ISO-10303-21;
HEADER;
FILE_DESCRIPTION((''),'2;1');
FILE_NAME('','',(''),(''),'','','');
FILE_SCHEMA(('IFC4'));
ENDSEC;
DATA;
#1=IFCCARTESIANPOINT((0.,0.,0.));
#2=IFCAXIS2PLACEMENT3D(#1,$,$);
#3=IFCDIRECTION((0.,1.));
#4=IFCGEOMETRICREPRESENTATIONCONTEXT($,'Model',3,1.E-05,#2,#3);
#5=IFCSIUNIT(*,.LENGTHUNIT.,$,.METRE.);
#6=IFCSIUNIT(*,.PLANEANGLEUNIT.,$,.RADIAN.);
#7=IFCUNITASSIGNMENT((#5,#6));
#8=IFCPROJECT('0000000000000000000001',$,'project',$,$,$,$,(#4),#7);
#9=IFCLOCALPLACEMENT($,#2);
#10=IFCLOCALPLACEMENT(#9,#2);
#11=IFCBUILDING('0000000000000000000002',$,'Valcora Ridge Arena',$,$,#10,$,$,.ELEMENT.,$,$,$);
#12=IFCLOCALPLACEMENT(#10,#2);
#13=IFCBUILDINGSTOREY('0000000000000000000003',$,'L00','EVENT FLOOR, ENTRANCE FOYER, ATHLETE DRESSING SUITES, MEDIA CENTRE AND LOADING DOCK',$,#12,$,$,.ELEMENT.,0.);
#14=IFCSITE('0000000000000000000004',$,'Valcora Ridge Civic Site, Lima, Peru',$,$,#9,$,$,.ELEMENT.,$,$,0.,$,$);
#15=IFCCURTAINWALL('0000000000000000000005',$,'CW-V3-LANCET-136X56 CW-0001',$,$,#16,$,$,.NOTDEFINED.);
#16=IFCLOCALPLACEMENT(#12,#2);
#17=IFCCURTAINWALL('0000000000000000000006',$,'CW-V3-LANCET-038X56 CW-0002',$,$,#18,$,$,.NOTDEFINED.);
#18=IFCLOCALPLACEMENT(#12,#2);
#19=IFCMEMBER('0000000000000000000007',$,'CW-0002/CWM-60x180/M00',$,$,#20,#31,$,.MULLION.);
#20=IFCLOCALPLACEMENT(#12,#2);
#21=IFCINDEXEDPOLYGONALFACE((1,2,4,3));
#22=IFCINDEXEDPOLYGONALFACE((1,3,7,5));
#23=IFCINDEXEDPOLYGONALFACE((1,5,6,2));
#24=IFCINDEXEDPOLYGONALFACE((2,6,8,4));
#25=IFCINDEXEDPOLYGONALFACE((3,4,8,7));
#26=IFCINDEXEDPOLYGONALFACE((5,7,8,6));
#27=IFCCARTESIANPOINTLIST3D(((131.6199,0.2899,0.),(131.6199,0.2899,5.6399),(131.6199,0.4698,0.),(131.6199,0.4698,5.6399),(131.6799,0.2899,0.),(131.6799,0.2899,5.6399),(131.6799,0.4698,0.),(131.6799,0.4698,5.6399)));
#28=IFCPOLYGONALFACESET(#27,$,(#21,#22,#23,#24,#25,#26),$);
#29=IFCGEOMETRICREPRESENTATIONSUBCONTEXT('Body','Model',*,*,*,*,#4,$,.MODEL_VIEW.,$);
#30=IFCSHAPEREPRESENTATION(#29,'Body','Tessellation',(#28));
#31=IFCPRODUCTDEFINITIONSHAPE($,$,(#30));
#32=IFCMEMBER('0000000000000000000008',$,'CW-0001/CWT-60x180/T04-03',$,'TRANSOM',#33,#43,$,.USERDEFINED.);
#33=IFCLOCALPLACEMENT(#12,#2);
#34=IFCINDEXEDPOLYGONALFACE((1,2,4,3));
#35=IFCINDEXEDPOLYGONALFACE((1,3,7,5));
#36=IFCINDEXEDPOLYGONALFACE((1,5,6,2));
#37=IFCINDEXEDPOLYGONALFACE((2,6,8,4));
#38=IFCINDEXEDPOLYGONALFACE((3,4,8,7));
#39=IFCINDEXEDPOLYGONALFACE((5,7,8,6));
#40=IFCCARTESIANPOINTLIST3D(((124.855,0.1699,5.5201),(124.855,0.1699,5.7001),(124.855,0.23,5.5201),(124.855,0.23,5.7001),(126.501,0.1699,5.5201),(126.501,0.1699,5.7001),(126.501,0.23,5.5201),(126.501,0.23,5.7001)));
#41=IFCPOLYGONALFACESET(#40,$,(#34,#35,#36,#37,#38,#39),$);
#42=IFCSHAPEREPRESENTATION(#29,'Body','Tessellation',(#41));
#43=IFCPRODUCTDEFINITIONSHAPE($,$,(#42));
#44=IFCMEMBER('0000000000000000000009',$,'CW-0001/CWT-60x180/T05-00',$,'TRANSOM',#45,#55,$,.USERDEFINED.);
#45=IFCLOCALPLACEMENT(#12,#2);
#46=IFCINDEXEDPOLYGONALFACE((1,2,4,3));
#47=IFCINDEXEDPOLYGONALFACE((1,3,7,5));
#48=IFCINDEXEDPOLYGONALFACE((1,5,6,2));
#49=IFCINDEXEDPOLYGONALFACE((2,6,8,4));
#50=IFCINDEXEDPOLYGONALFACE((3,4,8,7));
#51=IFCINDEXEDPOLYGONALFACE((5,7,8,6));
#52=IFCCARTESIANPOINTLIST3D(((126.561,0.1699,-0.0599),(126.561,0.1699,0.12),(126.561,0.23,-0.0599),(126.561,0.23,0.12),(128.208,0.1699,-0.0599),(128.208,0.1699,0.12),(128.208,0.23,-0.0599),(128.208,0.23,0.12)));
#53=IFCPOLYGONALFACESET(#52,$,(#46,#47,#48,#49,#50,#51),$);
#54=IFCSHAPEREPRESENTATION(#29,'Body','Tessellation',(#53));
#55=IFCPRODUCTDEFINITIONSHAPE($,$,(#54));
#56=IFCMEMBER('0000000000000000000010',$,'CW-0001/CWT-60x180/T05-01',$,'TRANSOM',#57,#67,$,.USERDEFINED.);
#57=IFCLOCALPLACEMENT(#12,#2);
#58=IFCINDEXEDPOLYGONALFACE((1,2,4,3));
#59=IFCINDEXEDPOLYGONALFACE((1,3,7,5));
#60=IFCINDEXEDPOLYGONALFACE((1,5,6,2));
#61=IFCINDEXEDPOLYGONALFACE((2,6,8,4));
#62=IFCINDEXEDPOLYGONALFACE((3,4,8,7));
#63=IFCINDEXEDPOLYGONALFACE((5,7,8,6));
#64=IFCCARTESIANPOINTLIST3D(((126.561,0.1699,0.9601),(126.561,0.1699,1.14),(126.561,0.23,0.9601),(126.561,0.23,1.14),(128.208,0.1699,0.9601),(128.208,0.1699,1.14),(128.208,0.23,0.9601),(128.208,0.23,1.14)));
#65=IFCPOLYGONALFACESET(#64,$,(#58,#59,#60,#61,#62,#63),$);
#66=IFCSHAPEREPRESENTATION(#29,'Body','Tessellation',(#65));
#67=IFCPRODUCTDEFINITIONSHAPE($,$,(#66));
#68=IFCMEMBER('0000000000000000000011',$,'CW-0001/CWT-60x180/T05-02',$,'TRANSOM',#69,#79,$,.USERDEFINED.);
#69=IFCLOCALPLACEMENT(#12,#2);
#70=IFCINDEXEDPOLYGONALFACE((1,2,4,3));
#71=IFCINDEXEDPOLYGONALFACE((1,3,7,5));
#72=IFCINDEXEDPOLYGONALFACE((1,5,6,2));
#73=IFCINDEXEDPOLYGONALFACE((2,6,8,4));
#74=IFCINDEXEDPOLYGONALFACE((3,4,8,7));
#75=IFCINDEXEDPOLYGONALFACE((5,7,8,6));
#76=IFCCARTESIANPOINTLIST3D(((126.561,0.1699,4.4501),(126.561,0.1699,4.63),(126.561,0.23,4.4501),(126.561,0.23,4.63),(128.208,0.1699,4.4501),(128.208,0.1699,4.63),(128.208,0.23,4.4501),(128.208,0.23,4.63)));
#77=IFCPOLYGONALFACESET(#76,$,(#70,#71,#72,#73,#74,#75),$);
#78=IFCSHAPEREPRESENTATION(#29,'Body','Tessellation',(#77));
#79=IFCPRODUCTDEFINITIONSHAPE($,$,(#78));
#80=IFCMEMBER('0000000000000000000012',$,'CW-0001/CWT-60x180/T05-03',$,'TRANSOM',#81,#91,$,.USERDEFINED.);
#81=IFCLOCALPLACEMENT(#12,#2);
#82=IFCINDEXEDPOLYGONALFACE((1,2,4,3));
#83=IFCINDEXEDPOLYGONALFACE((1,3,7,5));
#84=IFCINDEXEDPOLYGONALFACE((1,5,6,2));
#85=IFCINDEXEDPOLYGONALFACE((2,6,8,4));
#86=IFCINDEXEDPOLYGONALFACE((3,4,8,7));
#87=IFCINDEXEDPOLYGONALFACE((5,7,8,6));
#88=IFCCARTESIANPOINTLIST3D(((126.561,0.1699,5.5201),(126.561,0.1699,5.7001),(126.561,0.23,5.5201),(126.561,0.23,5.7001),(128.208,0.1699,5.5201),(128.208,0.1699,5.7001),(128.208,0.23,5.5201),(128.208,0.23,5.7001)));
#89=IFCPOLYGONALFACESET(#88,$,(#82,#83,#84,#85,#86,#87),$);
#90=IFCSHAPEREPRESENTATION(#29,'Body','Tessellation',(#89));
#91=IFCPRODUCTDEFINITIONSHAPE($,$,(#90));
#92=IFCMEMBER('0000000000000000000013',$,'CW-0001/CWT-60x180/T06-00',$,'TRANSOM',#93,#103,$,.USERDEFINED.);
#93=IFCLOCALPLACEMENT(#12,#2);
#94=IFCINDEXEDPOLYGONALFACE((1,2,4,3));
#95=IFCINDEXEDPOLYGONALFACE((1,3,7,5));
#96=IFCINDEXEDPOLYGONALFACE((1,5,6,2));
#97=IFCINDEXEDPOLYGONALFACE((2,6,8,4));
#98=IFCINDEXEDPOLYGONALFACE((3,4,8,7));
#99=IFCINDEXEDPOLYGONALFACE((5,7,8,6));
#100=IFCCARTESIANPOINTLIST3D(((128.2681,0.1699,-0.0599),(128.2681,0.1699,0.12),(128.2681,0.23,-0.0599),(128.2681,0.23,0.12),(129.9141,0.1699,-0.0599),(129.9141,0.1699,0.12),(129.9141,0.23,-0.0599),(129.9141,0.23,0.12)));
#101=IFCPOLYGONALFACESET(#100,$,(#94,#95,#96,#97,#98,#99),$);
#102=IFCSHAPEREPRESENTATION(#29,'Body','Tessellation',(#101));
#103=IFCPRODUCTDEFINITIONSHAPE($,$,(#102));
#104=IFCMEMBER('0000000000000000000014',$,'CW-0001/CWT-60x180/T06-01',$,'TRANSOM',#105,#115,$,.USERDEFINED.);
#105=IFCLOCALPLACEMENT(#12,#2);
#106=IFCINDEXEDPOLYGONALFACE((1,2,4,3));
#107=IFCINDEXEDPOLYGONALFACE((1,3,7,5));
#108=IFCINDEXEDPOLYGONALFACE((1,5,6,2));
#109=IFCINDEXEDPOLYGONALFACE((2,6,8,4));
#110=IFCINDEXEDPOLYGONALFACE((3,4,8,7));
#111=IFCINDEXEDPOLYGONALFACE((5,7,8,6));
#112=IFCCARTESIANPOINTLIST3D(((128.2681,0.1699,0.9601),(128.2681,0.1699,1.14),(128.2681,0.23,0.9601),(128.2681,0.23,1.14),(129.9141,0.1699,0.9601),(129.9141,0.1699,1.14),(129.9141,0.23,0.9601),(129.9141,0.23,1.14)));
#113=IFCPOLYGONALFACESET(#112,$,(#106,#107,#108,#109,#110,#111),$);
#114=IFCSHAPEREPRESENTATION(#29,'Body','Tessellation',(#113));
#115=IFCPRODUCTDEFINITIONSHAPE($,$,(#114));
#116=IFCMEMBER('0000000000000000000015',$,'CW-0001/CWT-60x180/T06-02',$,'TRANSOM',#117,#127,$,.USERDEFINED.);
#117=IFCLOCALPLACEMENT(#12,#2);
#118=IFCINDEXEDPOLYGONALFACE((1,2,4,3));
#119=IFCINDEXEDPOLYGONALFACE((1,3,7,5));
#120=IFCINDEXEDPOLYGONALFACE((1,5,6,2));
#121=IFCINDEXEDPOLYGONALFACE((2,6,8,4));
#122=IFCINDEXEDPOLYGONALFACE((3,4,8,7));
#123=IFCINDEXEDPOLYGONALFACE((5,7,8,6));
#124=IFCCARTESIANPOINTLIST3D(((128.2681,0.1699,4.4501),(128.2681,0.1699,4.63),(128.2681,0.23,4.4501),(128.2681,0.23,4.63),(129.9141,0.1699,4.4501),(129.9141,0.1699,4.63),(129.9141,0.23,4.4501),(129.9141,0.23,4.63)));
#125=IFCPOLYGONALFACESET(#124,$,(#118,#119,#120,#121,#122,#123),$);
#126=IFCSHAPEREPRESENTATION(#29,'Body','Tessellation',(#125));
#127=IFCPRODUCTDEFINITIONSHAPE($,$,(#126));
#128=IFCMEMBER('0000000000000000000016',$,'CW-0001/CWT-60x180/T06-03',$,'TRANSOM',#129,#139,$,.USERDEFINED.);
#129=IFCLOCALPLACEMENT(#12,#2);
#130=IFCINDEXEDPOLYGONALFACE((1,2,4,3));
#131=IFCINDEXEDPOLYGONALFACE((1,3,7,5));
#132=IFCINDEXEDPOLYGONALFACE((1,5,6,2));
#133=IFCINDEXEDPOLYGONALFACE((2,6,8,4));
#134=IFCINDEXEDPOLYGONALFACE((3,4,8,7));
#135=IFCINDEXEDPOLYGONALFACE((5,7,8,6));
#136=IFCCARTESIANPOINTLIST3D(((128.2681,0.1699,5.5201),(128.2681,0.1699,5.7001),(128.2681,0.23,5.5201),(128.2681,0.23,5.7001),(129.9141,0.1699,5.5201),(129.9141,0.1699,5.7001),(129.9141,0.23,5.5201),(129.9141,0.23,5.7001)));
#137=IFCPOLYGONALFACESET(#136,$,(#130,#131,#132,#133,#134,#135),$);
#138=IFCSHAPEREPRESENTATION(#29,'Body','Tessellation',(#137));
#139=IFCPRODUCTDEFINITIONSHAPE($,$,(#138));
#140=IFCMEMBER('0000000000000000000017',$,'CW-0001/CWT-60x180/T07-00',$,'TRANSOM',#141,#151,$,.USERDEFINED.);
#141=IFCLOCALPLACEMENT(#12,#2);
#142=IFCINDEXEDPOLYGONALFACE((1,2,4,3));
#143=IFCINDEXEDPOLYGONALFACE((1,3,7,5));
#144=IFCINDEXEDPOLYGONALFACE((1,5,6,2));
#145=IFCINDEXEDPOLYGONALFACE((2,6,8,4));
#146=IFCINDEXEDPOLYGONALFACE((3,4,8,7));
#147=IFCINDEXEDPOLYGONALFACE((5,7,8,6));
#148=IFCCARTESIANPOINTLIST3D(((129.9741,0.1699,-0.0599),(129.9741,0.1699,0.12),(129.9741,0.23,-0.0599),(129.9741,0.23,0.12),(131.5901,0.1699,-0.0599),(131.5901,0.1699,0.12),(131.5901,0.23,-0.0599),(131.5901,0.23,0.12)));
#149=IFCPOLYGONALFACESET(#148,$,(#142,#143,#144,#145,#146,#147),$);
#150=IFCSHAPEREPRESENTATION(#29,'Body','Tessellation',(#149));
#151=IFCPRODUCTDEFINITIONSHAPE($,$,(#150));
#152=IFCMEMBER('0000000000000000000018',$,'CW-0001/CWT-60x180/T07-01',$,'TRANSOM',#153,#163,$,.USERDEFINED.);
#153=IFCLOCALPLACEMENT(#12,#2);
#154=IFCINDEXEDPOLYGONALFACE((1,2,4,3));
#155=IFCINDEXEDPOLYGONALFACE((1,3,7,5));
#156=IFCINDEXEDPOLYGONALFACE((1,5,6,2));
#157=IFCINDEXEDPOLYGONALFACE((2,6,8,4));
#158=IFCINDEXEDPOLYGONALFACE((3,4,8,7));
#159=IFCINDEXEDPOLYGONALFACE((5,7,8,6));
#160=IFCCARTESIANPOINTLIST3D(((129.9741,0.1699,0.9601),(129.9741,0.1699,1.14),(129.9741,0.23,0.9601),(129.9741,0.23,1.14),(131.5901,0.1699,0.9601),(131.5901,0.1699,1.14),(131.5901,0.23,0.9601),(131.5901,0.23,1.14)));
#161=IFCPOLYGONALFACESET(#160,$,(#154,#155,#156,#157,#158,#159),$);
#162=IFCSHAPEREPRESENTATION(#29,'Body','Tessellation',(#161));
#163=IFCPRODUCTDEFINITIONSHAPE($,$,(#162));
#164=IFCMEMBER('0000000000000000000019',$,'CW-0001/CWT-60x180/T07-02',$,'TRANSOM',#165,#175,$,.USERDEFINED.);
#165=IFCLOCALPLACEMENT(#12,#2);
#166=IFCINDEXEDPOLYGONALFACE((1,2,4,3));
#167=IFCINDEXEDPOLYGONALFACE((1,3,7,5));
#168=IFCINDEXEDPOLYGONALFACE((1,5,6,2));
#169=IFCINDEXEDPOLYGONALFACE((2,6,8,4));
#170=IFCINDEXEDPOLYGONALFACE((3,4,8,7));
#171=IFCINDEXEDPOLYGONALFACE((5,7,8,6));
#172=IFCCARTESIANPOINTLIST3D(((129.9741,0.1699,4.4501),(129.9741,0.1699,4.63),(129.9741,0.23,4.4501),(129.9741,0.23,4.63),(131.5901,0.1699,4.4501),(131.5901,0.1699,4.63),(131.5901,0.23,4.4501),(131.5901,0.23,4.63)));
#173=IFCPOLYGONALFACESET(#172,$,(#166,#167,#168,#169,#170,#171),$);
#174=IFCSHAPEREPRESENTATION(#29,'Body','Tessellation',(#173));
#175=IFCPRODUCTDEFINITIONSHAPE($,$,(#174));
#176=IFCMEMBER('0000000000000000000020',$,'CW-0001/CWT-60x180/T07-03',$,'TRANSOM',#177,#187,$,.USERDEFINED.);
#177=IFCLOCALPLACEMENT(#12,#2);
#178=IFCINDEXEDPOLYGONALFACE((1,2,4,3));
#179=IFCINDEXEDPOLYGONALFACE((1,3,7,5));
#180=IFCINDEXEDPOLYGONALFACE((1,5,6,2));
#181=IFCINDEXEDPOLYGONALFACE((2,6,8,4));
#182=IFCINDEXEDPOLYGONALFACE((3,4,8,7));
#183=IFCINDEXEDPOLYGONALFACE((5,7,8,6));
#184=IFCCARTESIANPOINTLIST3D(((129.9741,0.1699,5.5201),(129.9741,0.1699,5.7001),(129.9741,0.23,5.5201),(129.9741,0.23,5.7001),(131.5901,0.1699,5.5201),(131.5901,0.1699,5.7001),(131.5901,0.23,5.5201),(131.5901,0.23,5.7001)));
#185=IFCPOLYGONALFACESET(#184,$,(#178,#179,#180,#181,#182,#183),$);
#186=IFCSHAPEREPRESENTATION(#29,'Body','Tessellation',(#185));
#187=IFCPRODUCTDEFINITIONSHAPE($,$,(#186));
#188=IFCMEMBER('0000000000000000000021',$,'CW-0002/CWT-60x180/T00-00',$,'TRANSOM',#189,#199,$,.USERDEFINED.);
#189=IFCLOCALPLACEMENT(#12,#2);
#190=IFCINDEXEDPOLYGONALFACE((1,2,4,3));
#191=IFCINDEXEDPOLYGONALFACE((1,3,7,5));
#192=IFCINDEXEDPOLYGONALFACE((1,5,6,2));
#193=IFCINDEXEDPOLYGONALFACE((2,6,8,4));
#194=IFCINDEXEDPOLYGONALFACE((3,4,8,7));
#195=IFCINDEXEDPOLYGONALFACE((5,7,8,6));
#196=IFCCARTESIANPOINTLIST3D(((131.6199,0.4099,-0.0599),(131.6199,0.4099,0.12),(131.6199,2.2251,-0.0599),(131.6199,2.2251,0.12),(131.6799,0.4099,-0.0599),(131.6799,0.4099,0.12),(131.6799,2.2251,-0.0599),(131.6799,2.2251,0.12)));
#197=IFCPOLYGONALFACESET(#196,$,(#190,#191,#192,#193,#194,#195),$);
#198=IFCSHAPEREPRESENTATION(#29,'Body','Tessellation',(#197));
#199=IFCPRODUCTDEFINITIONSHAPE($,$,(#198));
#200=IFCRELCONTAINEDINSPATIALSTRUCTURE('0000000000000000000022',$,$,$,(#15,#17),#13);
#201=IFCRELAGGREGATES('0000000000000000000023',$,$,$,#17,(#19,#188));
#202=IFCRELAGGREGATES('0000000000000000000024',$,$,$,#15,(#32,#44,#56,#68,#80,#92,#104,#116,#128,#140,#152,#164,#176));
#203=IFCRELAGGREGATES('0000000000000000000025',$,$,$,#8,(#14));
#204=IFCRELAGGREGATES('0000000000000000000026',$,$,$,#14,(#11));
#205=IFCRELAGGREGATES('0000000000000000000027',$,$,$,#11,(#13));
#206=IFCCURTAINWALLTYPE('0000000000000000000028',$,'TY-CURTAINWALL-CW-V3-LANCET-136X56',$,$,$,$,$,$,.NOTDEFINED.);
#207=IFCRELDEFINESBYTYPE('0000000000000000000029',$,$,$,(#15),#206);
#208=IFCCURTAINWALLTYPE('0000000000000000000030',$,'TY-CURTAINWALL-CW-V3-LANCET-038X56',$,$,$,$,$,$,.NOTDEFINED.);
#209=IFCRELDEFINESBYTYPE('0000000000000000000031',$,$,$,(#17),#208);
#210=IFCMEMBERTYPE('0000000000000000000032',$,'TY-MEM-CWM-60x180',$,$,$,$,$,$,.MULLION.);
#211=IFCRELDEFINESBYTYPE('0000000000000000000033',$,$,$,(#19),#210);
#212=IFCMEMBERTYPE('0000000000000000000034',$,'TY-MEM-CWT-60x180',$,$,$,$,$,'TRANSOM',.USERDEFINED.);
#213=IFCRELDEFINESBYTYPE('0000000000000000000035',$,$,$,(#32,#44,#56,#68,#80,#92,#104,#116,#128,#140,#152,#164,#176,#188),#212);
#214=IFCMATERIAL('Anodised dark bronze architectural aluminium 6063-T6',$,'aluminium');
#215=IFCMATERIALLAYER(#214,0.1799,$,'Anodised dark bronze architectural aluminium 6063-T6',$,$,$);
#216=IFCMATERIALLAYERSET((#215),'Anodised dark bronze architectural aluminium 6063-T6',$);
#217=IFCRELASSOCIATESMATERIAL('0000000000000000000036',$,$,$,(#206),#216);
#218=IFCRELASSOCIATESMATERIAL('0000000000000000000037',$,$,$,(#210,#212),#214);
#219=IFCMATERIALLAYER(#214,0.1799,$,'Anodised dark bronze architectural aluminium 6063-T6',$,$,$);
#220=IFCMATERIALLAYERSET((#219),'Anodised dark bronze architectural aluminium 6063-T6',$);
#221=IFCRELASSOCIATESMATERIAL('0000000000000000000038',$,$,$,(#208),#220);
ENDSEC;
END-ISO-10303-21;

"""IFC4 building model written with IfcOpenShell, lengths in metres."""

from ifc_helpers import new_model, si_unit, direction, frame, origin, origin_2d, place, context, subcontext, project, spatial, rectangle, extrude, material, layer, layer_set, material_profile, profile_set, type_object, element, aggregate, save


model = new_model("IFC4")

# Units and contexts
model_context = context("Model", 3, precision=1e-05, world=origin(), true_north=direction((0.0, 1.0)))
body_context = subcontext(model_context, "Body", "Model", "MODEL_VIEW")
ifc_project = project(units=[si_unit("LENGTHUNIT", "METRE"), si_unit("PLANEANGLEUNIT", "RADIAN")], contexts=[model_context])

# Site, building, storey
site_placement = place(None, origin())
site = spatial("IfcSite", under=ifc_project, at=site_placement, Name="Valcora Ridge Civic Site, Lima, Peru", CompositionType="ELEMENT", RefElevation=0.0)
building_placement = place(site_placement, origin())
building = spatial("IfcBuilding", under=site, at=building_placement, Name="Valcora Ridge Arena", CompositionType="ELEMENT")
storey_placement = place(building_placement, origin())
storey = spatial("IfcBuildingStorey", under=building, at=storey_placement, Name="L00", Description="EVENT FLOOR, ENTRANCE FOYER, ATHLETE DRESSING SUITES, MEDIA CENTRE AND LOADING DOCK", CompositionType="ELEMENT", Elevation=0.0)

# Curtain wall
ifc_material_1 = material(Name="Anodised dark bronze architectural aluminium 6063-T6", Category="aluminium")
ifc_layer_1 = layer(ifc_material_1, 0.1799, Name="Anodised dark bronze architectural aluminium 6063-T6")
ifc_layer_set_1 = layer_set([ifc_layer_1], Name="Anodised dark bronze architectural aluminium 6063-T6")
curtain_wall_type_1 = type_object("IfcCurtainWallType", Name="TY-CURTAINWALL-CW-V3-LANCET-136X56", PredefinedType="NOTDEFINED", material=ifc_layer_set_1)
curtain_wall_1_placement = place(storey_placement, origin())
curtain_wall_1 = element("IfcCurtainWall", 1, at=curtain_wall_1_placement, inside=storey, type_object=curtain_wall_type_1, Name="CW-V3-LANCET-136X56 CW-0001", PredefinedType="NOTDEFINED")
ifc_material_profile_1 = material_profile(ifc_material_1, rectangle(XDim=0.0601, YDim=0.1799, at=origin_2d()), Name="ALU MULLION 60x180")
ifc_profile_set_1 = profile_set([ifc_material_profile_1], Name="Anodised dark bronze architectural aluminium 6063-T6")
member_type_1 = type_object("IfcMemberType", Name="TY-MEM-CWM-60x180", PredefinedType="MULLION", material=ifc_profile_set_1)

# Curtain wall, member
ifc_layer_2 = layer(ifc_material_1, 0.1799, Name="Anodised dark bronze architectural aluminium 6063-T6")
ifc_layer_set_2 = layer_set([ifc_layer_2], Name="Anodised dark bronze architectural aluminium 6063-T6")
curtain_wall_type_2 = type_object("IfcCurtainWallType", Name="TY-CURTAINWALL-CW-V3-LANCET-038X56", PredefinedType="NOTDEFINED", material=ifc_layer_set_2)
curtain_wall_2_placement = place(storey_placement, origin())
curtain_wall_2 = element("IfcCurtainWall", 2, at=curtain_wall_2_placement, inside=storey, type_object=curtain_wall_type_2, Name="CW-V3-LANCET-038X56 CW-0002", PredefinedType="NOTDEFINED")
member_1_placement = place(storey_placement, frame((131.6499, 0.3799, 0.0), z_axis=(0.0, 0.0, 1.0), x_axis=(-1.0, 0.0, 0.0)))
member_1 = element("IfcMember", 3, at=member_1_placement, type_object=member_type_1, Name="CW-0002/CWM-60x180/M00", PredefinedType="MULLION", context=body_context, shape_type="SweptSolid", body=[
    extrude(rectangle(XDim=0.0601, YDim=0.1799, at=origin_2d()), origin(), (0.0, 0.0, 1.0), 5.6399),
])

# Members
ifc_material_profile_2 = material_profile(ifc_material_1, rectangle(XDim=0.0601, YDim=0.1799, at=origin_2d()), Name="ALU TRANSOM 60x180")
ifc_profile_set_2 = profile_set([ifc_material_profile_2], Name="Anodised dark bronze architectural aluminium 6063-T6")
member_type_2 = type_object("IfcMemberType", Name="TY-MEM-CWT-60x180", ElementType="TRANSOM", PredefinedType="USERDEFINED", material=ifc_profile_set_2)
member_2_placement = place(storey_placement, frame((124.855, 0.2, 5.6101), z_axis=(1.0, 0.0, 0.0), x_axis=(0.0, 1.0, 0.0)))
member_2 = element("IfcMember", 4, at=member_2_placement, type_object=member_type_2, Name="CW-0001/CWT-60x180/T04-03", ObjectType="TRANSOM", PredefinedType="USERDEFINED", context=body_context, shape_type="SweptSolid", body=[
    extrude(rectangle(XDim=0.0601, YDim=0.1799, at=origin_2d()), origin(), (0.0, 0.0, 1.0), 1.646),
])
member_3_placement = place(storey_placement, frame((126.561, 0.2, 0.03), z_axis=(1.0, 0.0, 0.0), x_axis=(0.0, 1.0, 0.0)))
member_3 = element("IfcMember", 5, at=member_3_placement, type_object=member_type_2, Name="CW-0001/CWT-60x180/T05-00", ObjectType="TRANSOM", PredefinedType="USERDEFINED", context=body_context, shape_type="SweptSolid", body=[
    extrude(rectangle(XDim=0.0601, YDim=0.1799, at=origin_2d()), origin(), (0.0, 0.0, 1.0), 1.647),
])
member_4_placement = place(storey_placement, frame((126.561, 0.2, 1.05), z_axis=(1.0, 0.0, 0.0), x_axis=(0.0, 1.0, 0.0)))
member_4 = element("IfcMember", 6, at=member_4_placement, type_object=member_type_2, Name="CW-0001/CWT-60x180/T05-01", ObjectType="TRANSOM", PredefinedType="USERDEFINED", context=body_context, shape_type="SweptSolid", body=[
    extrude(rectangle(XDim=0.0601, YDim=0.1799, at=origin_2d()), origin(), (0.0, 0.0, 1.0), 1.647),
])
member_5_placement = place(storey_placement, frame((126.561, 0.2, 4.54), z_axis=(1.0, 0.0, 0.0), x_axis=(0.0, 1.0, 0.0)))
member_5 = element("IfcMember", 7, at=member_5_placement, type_object=member_type_2, Name="CW-0001/CWT-60x180/T05-02", ObjectType="TRANSOM", PredefinedType="USERDEFINED", context=body_context, shape_type="SweptSolid", body=[
    extrude(rectangle(XDim=0.0601, YDim=0.1799, at=origin_2d()), origin(), (0.0, 0.0, 1.0), 1.647),
])
member_6_placement = place(storey_placement, frame((126.561, 0.2, 5.6101), z_axis=(1.0, 0.0, 0.0), x_axis=(0.0, 1.0, 0.0)))
member_6 = element("IfcMember", 8, at=member_6_placement, type_object=member_type_2, Name="CW-0001/CWT-60x180/T05-03", ObjectType="TRANSOM", PredefinedType="USERDEFINED", context=body_context, shape_type="SweptSolid", body=[
    extrude(rectangle(XDim=0.0601, YDim=0.1799, at=origin_2d()), origin(), (0.0, 0.0, 1.0), 1.647),
])
member_7_placement = place(storey_placement, frame((128.2681, 0.2, 0.03), z_axis=(1.0, 0.0, 0.0), x_axis=(0.0, 1.0, 0.0)))
member_7 = element("IfcMember", 9, at=member_7_placement, type_object=member_type_2, Name="CW-0001/CWT-60x180/T06-00", ObjectType="TRANSOM", PredefinedType="USERDEFINED", context=body_context, shape_type="SweptSolid", body=[
    extrude(rectangle(XDim=0.0601, YDim=0.1799, at=origin_2d()), origin(), (0.0, 0.0, 1.0), 1.646),
])
member_8_placement = place(storey_placement, frame((128.2681, 0.2, 1.05), z_axis=(1.0, 0.0, 0.0), x_axis=(0.0, 1.0, 0.0)))
member_8 = element("IfcMember", 10, at=member_8_placement, type_object=member_type_2, Name="CW-0001/CWT-60x180/T06-01", ObjectType="TRANSOM", PredefinedType="USERDEFINED", context=body_context, shape_type="SweptSolid", body=[
    extrude(rectangle(XDim=0.0601, YDim=0.1799, at=origin_2d()), origin(), (0.0, 0.0, 1.0), 1.646),
])
member_9_placement = place(storey_placement, frame((128.2681, 0.2, 4.54), z_axis=(1.0, 0.0, 0.0), x_axis=(0.0, 1.0, 0.0)))
member_9 = element("IfcMember", 11, at=member_9_placement, type_object=member_type_2, Name="CW-0001/CWT-60x180/T06-02", ObjectType="TRANSOM", PredefinedType="USERDEFINED", context=body_context, shape_type="SweptSolid", body=[
    extrude(rectangle(XDim=0.0601, YDim=0.1799, at=origin_2d()), origin(), (0.0, 0.0, 1.0), 1.646),
])
member_10_placement = place(storey_placement, frame((128.2681, 0.2, 5.6101), z_axis=(1.0, 0.0, 0.0), x_axis=(0.0, 1.0, 0.0)))
member_10 = element("IfcMember", 12, at=member_10_placement, type_object=member_type_2, Name="CW-0001/CWT-60x180/T06-03", ObjectType="TRANSOM", PredefinedType="USERDEFINED", context=body_context, shape_type="SweptSolid", body=[
    extrude(rectangle(XDim=0.0601, YDim=0.1799, at=origin_2d()), origin(), (0.0, 0.0, 1.0), 1.646),
])
member_11_placement = place(storey_placement, frame((129.9741, 0.2, 0.03), z_axis=(1.0, 0.0, 0.0), x_axis=(0.0, 1.0, 0.0)))
member_11 = element("IfcMember", 13, at=member_11_placement, type_object=member_type_2, Name="CW-0001/CWT-60x180/T07-00", ObjectType="TRANSOM", PredefinedType="USERDEFINED", context=body_context, shape_type="SweptSolid", body=[
    extrude(rectangle(XDim=0.0601, YDim=0.1799, at=origin_2d()), origin(), (0.0, 0.0, 1.0), 1.616),
])
member_12_placement = place(storey_placement, frame((129.9741, 0.2, 1.05), z_axis=(1.0, 0.0, 0.0), x_axis=(0.0, 1.0, 0.0)))
member_12 = element("IfcMember", 14, at=member_12_placement, type_object=member_type_2, Name="CW-0001/CWT-60x180/T07-01", ObjectType="TRANSOM", PredefinedType="USERDEFINED", context=body_context, shape_type="SweptSolid", body=[
    extrude(rectangle(XDim=0.0601, YDim=0.1799, at=origin_2d()), origin(), (0.0, 0.0, 1.0), 1.616),
])
member_13_placement = place(storey_placement, frame((129.9741, 0.2, 4.54), z_axis=(1.0, 0.0, 0.0), x_axis=(0.0, 1.0, 0.0)))
member_13 = element("IfcMember", 15, at=member_13_placement, type_object=member_type_2, Name="CW-0001/CWT-60x180/T07-02", ObjectType="TRANSOM", PredefinedType="USERDEFINED", context=body_context, shape_type="SweptSolid", body=[
    extrude(rectangle(XDim=0.0601, YDim=0.1799, at=origin_2d()), origin(), (0.0, 0.0, 1.0), 1.616),
])
member_14_placement = place(storey_placement, frame((129.9741, 0.2, 5.6101), z_axis=(1.0, 0.0, 0.0), x_axis=(0.0, 1.0, 0.0)))
member_14 = element("IfcMember", 16, at=member_14_placement, type_object=member_type_2, Name="CW-0001/CWT-60x180/T07-03", ObjectType="TRANSOM", PredefinedType="USERDEFINED", context=body_context, shape_type="SweptSolid", body=[
    extrude(rectangle(XDim=0.0601, YDim=0.1799, at=origin_2d()), origin(), (0.0, 0.0, 1.0), 1.616),
])
member_15_placement = place(storey_placement, frame((131.6499, 0.4099, 0.03), z_axis=(0.0, 1.0, 0.0), x_axis=(-1.0, 0.0, 0.0)))
member_15 = element("IfcMember", 17, at=member_15_placement, type_object=member_type_2, Name="CW-0002/CWT-60x180/T00-00", ObjectType="TRANSOM", PredefinedType="USERDEFINED", context=body_context, shape_type="SweptSolid", body=[
    extrude(rectangle(XDim=0.0601, YDim=0.1799, at=origin_2d()), origin(), (0.0, 0.0, 1.0), 1.8152),
])
aggregate(curtain_wall_2, [member_1, member_15])

aggregate(curtain_wall_1, [member_2, member_3, member_4, member_5, member_6, member_7, member_8, member_9, member_10, member_11, member_12, member_13, member_14])

save(model, "model.ifc")
